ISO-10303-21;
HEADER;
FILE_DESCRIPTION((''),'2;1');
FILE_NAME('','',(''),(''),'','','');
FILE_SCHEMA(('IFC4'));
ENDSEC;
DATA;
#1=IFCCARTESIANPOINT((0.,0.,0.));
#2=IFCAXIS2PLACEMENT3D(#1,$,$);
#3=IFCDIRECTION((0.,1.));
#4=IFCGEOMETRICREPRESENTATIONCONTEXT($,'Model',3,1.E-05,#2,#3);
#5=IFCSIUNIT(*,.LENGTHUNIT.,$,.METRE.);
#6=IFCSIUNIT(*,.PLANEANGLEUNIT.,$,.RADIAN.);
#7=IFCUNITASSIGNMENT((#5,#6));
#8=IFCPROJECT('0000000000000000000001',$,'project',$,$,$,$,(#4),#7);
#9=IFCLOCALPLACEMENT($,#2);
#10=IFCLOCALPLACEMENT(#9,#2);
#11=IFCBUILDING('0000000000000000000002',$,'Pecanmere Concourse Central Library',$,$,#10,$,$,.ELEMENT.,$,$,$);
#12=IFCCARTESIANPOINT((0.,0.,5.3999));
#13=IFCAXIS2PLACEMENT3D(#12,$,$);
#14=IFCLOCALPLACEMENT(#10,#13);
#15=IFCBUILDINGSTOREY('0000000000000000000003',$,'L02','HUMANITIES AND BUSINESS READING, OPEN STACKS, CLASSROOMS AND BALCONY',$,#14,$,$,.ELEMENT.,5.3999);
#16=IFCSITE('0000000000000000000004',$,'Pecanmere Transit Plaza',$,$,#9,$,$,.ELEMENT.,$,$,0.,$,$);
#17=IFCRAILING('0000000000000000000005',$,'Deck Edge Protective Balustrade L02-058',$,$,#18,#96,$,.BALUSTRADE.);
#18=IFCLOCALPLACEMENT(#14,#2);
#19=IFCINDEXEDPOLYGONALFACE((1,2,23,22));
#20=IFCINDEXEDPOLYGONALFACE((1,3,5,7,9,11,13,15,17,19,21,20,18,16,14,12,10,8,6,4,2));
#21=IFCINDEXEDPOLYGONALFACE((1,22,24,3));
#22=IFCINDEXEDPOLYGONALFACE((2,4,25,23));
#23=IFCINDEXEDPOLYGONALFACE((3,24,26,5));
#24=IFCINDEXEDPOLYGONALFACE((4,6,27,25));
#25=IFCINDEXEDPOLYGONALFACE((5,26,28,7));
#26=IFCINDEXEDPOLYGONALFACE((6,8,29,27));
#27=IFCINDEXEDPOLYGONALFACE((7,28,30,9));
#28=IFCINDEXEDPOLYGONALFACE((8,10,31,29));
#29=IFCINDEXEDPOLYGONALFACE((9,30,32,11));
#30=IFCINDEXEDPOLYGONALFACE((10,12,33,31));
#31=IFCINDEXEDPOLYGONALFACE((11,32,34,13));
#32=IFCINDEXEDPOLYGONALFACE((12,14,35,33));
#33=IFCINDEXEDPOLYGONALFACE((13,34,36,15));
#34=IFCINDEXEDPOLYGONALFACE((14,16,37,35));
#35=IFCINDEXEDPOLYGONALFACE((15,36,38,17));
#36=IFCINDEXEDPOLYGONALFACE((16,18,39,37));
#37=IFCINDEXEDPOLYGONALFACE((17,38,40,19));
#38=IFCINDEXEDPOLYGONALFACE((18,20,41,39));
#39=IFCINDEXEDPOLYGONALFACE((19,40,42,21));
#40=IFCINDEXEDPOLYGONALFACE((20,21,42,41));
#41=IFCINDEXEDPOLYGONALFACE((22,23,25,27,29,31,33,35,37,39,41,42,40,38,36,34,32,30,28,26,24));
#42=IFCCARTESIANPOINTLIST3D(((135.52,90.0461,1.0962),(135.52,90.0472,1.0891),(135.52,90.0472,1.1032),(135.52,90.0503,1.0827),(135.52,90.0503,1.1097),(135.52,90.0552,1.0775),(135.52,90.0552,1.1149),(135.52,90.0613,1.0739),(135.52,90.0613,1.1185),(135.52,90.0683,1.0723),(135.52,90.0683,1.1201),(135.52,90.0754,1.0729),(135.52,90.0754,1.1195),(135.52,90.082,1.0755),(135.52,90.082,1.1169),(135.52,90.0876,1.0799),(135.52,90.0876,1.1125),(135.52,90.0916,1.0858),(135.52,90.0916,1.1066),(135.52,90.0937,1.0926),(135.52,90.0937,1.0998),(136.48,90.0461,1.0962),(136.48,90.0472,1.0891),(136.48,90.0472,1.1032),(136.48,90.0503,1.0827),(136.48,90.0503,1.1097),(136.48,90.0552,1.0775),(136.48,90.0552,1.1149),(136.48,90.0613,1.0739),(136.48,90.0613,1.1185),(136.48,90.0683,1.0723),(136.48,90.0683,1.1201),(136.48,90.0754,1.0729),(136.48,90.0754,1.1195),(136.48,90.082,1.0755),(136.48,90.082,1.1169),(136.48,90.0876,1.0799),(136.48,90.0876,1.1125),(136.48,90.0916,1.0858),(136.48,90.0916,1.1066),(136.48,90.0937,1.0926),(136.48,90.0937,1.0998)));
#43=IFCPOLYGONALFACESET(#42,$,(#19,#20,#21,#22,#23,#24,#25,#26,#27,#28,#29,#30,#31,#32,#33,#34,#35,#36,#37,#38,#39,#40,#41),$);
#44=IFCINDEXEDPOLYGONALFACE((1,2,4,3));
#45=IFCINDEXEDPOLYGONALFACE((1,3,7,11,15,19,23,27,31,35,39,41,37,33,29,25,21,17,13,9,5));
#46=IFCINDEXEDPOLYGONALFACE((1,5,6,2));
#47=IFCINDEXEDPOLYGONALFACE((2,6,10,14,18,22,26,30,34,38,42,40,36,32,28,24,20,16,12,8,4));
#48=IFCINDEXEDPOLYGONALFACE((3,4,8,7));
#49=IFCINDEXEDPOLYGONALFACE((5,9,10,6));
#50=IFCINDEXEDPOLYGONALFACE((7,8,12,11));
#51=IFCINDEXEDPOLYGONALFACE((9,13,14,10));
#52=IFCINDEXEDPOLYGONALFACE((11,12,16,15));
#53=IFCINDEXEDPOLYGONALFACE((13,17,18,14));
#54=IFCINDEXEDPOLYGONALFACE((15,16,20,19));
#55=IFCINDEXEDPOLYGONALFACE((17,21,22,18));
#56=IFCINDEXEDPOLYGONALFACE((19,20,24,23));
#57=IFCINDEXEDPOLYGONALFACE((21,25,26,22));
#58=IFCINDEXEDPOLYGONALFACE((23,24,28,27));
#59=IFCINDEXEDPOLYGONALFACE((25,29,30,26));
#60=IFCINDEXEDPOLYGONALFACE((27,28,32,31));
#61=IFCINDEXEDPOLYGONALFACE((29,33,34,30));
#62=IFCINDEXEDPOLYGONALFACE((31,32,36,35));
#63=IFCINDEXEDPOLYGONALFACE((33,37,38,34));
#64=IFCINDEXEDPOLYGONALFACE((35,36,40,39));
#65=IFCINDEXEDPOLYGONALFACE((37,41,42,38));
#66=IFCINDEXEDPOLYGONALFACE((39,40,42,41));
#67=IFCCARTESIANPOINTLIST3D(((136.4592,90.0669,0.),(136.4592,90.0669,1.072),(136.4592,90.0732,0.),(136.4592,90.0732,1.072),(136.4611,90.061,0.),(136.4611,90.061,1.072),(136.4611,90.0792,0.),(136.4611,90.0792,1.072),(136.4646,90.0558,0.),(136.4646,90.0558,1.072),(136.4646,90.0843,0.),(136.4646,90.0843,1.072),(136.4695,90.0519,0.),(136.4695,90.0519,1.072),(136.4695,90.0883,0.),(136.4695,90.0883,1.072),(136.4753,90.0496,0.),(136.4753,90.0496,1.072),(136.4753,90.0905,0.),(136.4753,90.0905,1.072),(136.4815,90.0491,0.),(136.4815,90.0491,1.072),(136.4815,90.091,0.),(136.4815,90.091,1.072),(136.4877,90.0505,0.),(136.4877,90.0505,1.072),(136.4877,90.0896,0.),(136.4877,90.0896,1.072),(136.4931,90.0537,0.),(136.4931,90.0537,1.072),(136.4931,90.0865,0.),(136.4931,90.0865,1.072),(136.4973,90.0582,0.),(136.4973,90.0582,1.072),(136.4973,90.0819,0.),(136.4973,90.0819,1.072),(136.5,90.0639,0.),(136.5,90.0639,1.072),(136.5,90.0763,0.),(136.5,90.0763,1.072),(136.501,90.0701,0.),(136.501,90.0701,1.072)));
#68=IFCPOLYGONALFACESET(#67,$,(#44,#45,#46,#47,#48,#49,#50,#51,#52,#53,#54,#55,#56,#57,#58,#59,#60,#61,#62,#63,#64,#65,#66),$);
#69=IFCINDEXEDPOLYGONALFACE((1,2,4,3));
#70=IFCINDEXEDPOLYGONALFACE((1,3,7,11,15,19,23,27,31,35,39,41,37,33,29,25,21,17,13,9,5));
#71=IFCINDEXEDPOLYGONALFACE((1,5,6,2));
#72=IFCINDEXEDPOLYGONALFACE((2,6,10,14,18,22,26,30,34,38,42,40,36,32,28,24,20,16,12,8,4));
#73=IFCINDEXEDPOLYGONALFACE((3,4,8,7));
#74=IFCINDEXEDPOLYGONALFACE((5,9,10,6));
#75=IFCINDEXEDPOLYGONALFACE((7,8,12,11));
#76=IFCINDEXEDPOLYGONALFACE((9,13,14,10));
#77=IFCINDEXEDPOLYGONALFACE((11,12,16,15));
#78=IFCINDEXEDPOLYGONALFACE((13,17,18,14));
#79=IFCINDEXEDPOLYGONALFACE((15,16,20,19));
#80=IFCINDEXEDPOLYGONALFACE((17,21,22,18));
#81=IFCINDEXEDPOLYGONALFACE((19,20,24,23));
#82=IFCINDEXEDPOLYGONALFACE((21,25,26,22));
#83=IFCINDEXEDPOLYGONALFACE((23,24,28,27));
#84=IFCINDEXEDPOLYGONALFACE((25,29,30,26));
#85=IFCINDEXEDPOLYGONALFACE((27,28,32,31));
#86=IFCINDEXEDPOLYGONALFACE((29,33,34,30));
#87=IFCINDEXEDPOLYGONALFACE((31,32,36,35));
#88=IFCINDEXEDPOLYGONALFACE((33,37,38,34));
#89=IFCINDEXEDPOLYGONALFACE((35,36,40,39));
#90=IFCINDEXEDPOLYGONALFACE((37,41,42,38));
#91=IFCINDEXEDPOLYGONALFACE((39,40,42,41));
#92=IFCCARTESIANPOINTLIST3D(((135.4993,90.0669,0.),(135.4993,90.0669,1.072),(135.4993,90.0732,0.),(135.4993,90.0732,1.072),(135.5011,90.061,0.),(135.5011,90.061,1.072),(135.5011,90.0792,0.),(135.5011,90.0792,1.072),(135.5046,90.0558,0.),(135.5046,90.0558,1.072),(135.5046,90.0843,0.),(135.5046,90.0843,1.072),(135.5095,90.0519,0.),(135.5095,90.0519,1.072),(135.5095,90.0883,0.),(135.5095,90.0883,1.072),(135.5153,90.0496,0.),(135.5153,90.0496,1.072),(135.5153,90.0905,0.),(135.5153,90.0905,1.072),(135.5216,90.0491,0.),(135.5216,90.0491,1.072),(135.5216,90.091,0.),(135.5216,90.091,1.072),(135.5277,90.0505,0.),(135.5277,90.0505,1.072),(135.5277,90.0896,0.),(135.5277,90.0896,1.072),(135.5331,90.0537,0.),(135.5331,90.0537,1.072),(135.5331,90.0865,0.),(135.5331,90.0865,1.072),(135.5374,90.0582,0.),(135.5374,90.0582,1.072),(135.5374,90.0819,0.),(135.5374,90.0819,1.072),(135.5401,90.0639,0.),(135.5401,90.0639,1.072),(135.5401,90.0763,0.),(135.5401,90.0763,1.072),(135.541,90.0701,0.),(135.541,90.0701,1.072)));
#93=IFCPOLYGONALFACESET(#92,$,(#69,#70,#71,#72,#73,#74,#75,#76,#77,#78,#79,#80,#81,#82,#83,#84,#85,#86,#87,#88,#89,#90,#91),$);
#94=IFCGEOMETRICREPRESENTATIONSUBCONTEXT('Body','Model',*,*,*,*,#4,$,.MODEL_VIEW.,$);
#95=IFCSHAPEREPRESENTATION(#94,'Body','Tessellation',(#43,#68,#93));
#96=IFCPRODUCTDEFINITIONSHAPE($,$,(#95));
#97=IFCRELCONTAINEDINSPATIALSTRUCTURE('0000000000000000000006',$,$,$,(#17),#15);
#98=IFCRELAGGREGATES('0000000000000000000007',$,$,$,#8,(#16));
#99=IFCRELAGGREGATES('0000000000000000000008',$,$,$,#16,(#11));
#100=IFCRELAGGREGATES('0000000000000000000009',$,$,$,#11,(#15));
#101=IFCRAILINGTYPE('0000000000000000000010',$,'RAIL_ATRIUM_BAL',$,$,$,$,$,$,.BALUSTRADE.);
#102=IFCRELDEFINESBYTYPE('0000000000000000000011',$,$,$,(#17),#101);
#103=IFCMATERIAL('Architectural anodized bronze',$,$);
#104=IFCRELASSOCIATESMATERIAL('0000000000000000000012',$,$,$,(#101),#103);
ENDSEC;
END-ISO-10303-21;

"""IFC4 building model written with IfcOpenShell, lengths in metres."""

from ifc_helpers import new_model, si_unit, direction, frame, origin, origin_2d, place, context, subcontext, project, spatial, circle, extrude, material, type_object, element, save


model = new_model("IFC4")

# Units and contexts
model_context = context("Model", 3, precision=1e-05, world=origin(), true_north=direction((0.0, 1.0)))
body_context = subcontext(model_context, "Body", "Model", "MODEL_VIEW")
ifc_project = project(units=[si_unit("LENGTHUNIT", "METRE"), si_unit("PLANEANGLEUNIT", "RADIAN")], contexts=[model_context])

# Site, building, storey
site_placement = place(None, origin())
site = spatial("IfcSite", under=ifc_project, at=site_placement, Name="Pecanmere Transit Plaza", CompositionType="ELEMENT", RefElevation=0.0)
building_placement = place(site_placement, origin())
building = spatial("IfcBuilding", under=site, at=building_placement, Name="Pecanmere Concourse Central Library", CompositionType="ELEMENT")
storey_placement = place(building_placement, frame((0.0, 0.0, 5.3999)))
storey = spatial("IfcBuildingStorey", under=building, at=storey_placement, Name="L02", Description="HUMANITIES AND BUSINESS READING, OPEN STACKS, CLASSROOMS AND BALCONY", CompositionType="ELEMENT", Elevation=5.3999)

# Railing
ifc_material_1 = material(Name="Architectural anodized bronze")
railing_type = type_object("IfcRailingType", Name="RAIL_ATRIUM_BAL", PredefinedType="BALUSTRADE", material=ifc_material_1)
railing_1_placement = place(storey_placement, frame((136.48, 90.0701, 0.0)))
element("IfcRailing", 1, at=railing_1_placement, inside=storey, type_object=railing_type, Name="Deck Edge Protective Balustrade L02-058", PredefinedType="BALUSTRADE", context=body_context, shape_type="SweptSolid", body=[
    extrude(circle(Radius=0.0239, at=origin_2d()), frame((0.0, 0.0, 1.0962), z_axis=(-1.0, 0.0, 0.0), x_axis=(0.0, -1.0, 0.0)), (0.0, 0.0, 1.0), 0.96),
    extrude(circle(Radius=0.021, at=origin_2d()), origin(), (0.0, 0.0, 1.0), 1.072),
    extrude(circle(Radius=0.021, at=origin_2d()), frame((-0.96, 0.0, 0.0)), (0.0, 0.0, 1.0), 1.072),
])

save(model, "model.ifc")
